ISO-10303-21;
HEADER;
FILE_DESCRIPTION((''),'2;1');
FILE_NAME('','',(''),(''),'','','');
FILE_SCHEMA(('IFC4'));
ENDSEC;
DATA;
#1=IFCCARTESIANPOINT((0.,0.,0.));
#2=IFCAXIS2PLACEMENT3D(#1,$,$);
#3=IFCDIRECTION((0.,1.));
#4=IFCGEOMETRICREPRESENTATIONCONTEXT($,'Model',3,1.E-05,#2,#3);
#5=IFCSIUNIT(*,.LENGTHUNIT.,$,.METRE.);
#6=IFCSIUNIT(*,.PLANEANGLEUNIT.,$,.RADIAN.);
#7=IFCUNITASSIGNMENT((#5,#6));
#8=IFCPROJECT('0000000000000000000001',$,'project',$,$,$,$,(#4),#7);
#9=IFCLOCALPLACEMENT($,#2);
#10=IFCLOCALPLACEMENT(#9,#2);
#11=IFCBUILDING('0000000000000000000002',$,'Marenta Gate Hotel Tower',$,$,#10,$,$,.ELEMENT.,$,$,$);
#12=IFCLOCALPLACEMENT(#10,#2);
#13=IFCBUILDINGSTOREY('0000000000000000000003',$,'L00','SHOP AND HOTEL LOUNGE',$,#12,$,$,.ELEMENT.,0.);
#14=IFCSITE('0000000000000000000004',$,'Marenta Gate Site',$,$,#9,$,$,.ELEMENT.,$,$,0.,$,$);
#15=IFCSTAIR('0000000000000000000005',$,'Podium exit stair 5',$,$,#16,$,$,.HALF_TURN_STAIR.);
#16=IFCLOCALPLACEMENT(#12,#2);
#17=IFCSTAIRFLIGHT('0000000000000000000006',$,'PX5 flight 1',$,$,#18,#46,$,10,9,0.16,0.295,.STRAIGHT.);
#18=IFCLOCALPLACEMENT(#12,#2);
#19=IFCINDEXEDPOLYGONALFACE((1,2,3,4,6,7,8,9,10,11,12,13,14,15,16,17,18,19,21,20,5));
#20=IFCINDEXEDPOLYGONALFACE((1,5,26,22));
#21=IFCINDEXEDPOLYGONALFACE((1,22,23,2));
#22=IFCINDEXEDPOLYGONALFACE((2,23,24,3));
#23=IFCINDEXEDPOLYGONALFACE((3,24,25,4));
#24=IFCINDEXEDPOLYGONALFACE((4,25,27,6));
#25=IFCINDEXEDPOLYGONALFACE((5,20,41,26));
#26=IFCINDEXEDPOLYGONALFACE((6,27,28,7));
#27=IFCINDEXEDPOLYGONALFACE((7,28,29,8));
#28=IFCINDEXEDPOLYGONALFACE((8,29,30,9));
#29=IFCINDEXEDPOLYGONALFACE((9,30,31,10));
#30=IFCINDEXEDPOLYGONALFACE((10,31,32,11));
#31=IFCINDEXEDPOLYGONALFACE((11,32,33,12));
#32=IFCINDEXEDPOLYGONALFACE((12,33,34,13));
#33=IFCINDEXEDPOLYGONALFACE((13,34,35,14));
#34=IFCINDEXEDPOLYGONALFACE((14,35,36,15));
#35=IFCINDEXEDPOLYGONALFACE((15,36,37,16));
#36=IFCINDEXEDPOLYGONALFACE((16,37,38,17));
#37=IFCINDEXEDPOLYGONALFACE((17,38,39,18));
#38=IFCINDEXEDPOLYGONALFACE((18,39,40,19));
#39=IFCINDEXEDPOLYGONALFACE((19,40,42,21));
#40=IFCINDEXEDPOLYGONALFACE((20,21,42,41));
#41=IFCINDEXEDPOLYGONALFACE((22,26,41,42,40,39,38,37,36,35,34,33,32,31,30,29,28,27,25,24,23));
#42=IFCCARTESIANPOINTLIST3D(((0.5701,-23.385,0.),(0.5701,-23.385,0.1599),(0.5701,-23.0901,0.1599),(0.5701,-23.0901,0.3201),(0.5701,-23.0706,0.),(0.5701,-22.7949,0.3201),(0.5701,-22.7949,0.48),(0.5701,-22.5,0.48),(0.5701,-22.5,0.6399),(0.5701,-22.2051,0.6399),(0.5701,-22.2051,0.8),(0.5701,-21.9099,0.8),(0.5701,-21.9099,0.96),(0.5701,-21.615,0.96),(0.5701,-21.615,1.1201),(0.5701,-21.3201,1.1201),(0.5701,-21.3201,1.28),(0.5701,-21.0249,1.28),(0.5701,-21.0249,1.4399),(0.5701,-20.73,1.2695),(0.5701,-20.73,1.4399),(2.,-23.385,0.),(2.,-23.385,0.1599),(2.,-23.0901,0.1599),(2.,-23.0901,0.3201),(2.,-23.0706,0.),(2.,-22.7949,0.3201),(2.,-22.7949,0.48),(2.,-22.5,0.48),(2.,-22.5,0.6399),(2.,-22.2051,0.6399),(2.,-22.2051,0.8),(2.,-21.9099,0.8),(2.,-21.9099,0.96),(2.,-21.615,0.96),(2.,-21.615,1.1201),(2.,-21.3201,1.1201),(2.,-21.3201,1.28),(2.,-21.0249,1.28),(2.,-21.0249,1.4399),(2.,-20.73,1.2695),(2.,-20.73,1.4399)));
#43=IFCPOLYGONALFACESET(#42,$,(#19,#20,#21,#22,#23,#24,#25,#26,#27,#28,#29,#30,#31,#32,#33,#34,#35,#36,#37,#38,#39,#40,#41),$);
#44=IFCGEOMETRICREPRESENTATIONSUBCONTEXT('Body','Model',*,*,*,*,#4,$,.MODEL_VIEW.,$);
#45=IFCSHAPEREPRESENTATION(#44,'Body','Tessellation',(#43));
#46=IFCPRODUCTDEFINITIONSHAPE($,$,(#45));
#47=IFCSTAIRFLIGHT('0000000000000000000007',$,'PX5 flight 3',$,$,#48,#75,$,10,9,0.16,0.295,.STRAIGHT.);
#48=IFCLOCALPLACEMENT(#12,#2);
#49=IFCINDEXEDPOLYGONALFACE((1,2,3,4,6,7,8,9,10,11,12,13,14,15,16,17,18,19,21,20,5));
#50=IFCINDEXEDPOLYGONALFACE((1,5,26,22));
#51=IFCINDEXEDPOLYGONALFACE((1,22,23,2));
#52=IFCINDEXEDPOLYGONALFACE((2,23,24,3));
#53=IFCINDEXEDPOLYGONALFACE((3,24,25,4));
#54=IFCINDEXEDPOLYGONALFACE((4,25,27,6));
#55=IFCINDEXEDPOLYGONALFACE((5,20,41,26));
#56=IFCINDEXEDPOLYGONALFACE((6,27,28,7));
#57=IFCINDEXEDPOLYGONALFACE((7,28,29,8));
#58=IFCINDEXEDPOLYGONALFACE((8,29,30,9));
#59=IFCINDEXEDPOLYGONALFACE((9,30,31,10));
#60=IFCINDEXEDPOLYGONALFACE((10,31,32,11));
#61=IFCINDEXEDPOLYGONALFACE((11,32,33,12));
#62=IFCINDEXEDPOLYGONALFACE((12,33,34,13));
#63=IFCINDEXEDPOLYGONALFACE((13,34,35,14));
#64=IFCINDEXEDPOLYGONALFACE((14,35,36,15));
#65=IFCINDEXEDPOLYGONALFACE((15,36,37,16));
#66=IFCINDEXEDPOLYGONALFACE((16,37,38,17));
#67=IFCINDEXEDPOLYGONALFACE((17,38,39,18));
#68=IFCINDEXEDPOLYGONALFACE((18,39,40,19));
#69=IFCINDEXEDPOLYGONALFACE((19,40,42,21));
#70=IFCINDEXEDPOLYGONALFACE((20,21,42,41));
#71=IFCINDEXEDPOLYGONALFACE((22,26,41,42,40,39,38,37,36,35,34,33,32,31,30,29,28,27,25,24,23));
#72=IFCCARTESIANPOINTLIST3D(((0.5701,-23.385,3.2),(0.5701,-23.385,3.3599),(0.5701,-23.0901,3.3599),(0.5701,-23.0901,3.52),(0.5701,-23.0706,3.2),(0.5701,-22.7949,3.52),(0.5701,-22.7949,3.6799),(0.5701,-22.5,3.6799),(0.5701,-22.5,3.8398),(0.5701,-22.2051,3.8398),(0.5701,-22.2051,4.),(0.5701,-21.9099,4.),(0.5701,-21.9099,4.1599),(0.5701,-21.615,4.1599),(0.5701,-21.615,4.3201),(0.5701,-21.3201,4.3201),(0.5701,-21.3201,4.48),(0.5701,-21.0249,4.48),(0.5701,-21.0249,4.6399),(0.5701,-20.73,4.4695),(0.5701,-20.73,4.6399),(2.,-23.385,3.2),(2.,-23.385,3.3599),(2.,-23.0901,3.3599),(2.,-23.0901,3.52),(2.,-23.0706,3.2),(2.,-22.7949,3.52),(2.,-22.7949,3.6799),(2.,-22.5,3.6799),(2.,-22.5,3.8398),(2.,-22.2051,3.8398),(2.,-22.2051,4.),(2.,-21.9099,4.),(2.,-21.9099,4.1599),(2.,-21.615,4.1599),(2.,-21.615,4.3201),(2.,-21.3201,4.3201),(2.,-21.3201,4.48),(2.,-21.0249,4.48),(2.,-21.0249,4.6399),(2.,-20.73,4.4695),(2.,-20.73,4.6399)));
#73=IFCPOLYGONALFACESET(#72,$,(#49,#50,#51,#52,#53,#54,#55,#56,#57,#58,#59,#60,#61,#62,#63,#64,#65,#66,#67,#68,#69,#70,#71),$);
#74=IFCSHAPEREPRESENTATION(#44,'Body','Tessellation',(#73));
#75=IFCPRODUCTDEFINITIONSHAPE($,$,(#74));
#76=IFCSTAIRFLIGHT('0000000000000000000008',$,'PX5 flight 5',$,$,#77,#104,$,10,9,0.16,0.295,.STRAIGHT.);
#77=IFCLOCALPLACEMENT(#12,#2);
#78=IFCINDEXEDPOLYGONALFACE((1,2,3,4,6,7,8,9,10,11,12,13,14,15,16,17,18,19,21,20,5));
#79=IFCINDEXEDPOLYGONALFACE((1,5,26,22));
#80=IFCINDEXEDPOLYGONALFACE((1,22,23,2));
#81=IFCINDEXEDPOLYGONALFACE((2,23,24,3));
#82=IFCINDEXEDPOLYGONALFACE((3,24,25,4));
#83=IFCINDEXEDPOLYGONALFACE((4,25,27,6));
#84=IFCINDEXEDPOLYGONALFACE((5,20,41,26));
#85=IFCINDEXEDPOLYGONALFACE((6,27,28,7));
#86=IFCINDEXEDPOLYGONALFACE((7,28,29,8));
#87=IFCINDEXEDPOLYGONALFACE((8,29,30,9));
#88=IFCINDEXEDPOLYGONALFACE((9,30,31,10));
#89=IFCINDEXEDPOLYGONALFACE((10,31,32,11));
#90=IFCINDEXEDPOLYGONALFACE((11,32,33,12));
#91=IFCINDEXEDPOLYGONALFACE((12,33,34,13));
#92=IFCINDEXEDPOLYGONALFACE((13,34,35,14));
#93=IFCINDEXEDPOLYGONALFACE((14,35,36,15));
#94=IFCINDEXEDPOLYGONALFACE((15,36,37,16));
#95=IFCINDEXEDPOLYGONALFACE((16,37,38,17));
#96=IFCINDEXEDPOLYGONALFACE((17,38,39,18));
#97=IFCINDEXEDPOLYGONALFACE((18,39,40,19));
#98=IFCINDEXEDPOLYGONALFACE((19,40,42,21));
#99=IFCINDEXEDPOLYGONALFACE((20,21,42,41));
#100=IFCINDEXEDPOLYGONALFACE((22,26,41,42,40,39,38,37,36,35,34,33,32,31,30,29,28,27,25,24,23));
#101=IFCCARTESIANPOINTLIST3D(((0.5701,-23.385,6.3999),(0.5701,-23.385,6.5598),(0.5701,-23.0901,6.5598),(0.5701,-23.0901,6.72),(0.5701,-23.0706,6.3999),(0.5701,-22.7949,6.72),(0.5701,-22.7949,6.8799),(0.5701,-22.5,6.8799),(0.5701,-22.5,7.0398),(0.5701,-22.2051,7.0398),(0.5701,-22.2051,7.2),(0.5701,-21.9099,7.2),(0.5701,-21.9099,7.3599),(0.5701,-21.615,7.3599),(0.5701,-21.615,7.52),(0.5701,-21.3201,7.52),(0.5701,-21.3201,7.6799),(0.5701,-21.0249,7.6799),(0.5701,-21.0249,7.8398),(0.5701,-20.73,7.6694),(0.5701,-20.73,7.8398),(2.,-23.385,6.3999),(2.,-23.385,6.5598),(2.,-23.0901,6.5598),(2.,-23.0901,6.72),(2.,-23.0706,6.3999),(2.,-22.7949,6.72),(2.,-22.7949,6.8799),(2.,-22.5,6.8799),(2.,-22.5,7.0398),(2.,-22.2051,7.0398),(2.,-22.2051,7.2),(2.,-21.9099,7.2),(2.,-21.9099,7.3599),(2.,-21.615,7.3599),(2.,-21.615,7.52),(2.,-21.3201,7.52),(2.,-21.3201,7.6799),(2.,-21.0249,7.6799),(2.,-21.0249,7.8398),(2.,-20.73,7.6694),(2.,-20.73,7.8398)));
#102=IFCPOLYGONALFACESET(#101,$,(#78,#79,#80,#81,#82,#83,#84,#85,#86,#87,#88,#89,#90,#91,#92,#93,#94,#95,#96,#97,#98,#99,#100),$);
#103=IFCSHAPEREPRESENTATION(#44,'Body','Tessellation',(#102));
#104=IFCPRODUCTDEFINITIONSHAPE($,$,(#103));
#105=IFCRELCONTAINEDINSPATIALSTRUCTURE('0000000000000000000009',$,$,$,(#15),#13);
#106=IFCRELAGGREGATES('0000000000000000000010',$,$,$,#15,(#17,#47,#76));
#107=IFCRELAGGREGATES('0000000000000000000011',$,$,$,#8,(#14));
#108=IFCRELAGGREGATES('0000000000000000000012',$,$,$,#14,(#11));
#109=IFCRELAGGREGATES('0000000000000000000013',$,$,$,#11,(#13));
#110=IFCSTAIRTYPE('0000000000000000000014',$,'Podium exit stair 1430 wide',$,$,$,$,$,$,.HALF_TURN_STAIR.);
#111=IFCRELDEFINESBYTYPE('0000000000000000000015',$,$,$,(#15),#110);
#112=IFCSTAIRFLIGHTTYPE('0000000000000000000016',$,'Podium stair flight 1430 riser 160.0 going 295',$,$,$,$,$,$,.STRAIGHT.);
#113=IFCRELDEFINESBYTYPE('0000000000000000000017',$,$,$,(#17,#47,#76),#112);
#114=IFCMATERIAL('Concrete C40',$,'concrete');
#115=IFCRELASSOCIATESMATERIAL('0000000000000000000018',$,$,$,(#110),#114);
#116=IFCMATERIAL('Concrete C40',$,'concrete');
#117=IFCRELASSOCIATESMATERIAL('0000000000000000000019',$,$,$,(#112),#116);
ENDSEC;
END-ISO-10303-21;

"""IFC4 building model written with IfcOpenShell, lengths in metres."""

from ifc_helpers import new_model, si_unit, direction, frame, origin, place, context, subcontext, project, spatial, polyline, outline, extrude, material, type_object, element, aggregate, save


model = new_model("IFC4")

# Units and contexts
model_context = context("Model", 3, precision=1e-05, world=origin(), true_north=direction((0.0, 1.0)))
body_context = subcontext(model_context, "Body", "Model", "MODEL_VIEW")
ifc_project = project(units=[si_unit("LENGTHUNIT", "METRE"), si_unit("PLANEANGLEUNIT", "RADIAN")], contexts=[model_context])

# Site, building, storey
site_placement = place(None, origin())
site = spatial("IfcSite", under=ifc_project, at=site_placement, Name="Marenta Gate Site", CompositionType="ELEMENT", RefElevation=0.0)
building_placement = place(site_placement, origin())
building = spatial("IfcBuilding", under=site, at=building_placement, Name="Marenta Gate Hotel Tower", CompositionType="ELEMENT")
storey_placement = place(building_placement, origin())
storey = spatial("IfcBuildingStorey", under=building, at=storey_placement, Name="L00", Description="SHOP AND HOTEL LOUNGE", CompositionType="ELEMENT", Elevation=0.0)

# Stair, stair flights
ifc_material_1 = material(Name="Concrete C40", Category="concrete")
stair_type = type_object("IfcStairType", Name="Podium exit stair 1430 wide", PredefinedType="HALF_TURN_STAIR", material=ifc_material_1)
stair_placement = place(storey_placement, origin())
stair = element("IfcStair", 1, at=stair_placement, inside=storey, type_object=stair_type, Name="Podium exit stair 5", PredefinedType="HALF_TURN_STAIR")
ifc_material_2 = material(Name="Concrete C40", Category="concrete")
stair_flight_type = type_object("IfcStairFlightType", Name="Podium stair flight 1430 riser 160.0 going 295", PredefinedType="STRAIGHT", material=ifc_material_2)
stair_flight_1_placement = place(storey_placement, frame((1.2849, -23.385, 0.0), z_axis=(0.0, 0.0, 1.0), x_axis=(0.0, 1.0, 0.0)))
stair_flight_1 = element("IfcStairFlight", 2, at=stair_flight_1_placement, type_object=stair_flight_type, Name="PX5 flight 1", NumberOfRisers=10, NumberOfTreads=9, PredefinedType="STRAIGHT", RiserHeight=0.16, TreadLength=0.295, context=body_context, shape_type="SweptSolid", body=[
    extrude(outline(polyline([(0.0, 0.0), (0.0, 0.1599), (0.2949, 0.1599), (0.2949, 0.3201), (0.5901, 0.3201), (0.5901, 0.48), (0.885, 0.48), (0.885, 0.6399), (1.1799, 0.6399), (1.1799, 0.8), (1.4751, 0.8), (1.4751, 0.96), (1.77, 0.96), (1.77, 1.1201), (2.0649, 1.1201), (2.0649, 1.28), (2.3601, 1.28), (2.3601, 1.4399), (2.655, 1.4399), (2.655, 1.6001), (2.655, 1.2695), (0.3145, 0.0), (0.0, 0.0)])), frame((0.0, 0.7148, 0.0), z_axis=(0.0, -1.0, 0.0), x_axis=(1.0, 0.0, 0.0)), (0.0, 0.0, 1.0), 1.4299),
])
stair_flight_2_placement = place(storey_placement, frame((1.2849, -23.385, 3.2), z_axis=(0.0, 0.0, 1.0), x_axis=(0.0, 1.0, 0.0)))
stair_flight_2 = element("IfcStairFlight", 3, at=stair_flight_2_placement, type_object=stair_flight_type, Name="PX5 flight 3", NumberOfRisers=10, NumberOfTreads=9, PredefinedType="STRAIGHT", RiserHeight=0.16, TreadLength=0.295, context=body_context, shape_type="SweptSolid", body=[
    extrude(outline(polyline([(0.0, 0.0), (0.0, 0.1599), (0.2949, 0.1599), (0.2949, 0.3201), (0.5901, 0.3201), (0.5901, 0.48), (0.885, 0.48), (0.885, 0.6399), (1.1799, 0.6399), (1.1799, 0.8), (1.4751, 0.8), (1.4751, 0.96), (1.77, 0.96), (1.77, 1.1201), (2.0649, 1.1201), (2.0649, 1.28), (2.3601, 1.28), (2.3601, 1.4399), (2.655, 1.4399), (2.655, 1.6001), (2.655, 1.2695), (0.3145, 0.0), (0.0, 0.0)])), frame((0.0, 0.7148, 0.0), z_axis=(0.0, -1.0, 0.0), x_axis=(1.0, 0.0, 0.0)), (0.0, 0.0, 1.0), 1.4299),
])
stair_flight_3_placement = place(storey_placement, frame((1.2849, -23.385, 6.3999), z_axis=(0.0, 0.0, 1.0), x_axis=(0.0, 1.0, 0.0)))
stair_flight_3 = element("IfcStairFlight", 4, at=stair_flight_3_placement, type_object=stair_flight_type, Name="PX5 flight 5", NumberOfRisers=10, NumberOfTreads=9, PredefinedType="STRAIGHT", RiserHeight=0.16, TreadLength=0.295, context=body_context, shape_type="SweptSolid", body=[
    extrude(outline(polyline([(0.0, 0.0), (0.0, 0.1599), (0.2949, 0.1599), (0.2949, 0.3201), (0.5901, 0.3201), (0.5901, 0.48), (0.885, 0.48), (0.885, 0.6399), (1.1799, 0.6399), (1.1799, 0.8), (1.4751, 0.8), (1.4751, 0.96), (1.77, 0.96), (1.77, 1.1201), (2.0649, 1.1201), (2.0649, 1.28), (2.3601, 1.28), (2.3601, 1.4399), (2.655, 1.4399), (2.655, 1.6001), (2.655, 1.2695), (0.3145, 0.0), (0.0, 0.0)])), frame((0.0, 0.7148, 0.0), z_axis=(0.0, -1.0, 0.0), x_axis=(1.0, 0.0, 0.0)), (0.0, 0.0, 1.0), 1.4299),
])
aggregate(stair, [stair_flight_1, stair_flight_2, stair_flight_3])

save(model, "model.ifc")
